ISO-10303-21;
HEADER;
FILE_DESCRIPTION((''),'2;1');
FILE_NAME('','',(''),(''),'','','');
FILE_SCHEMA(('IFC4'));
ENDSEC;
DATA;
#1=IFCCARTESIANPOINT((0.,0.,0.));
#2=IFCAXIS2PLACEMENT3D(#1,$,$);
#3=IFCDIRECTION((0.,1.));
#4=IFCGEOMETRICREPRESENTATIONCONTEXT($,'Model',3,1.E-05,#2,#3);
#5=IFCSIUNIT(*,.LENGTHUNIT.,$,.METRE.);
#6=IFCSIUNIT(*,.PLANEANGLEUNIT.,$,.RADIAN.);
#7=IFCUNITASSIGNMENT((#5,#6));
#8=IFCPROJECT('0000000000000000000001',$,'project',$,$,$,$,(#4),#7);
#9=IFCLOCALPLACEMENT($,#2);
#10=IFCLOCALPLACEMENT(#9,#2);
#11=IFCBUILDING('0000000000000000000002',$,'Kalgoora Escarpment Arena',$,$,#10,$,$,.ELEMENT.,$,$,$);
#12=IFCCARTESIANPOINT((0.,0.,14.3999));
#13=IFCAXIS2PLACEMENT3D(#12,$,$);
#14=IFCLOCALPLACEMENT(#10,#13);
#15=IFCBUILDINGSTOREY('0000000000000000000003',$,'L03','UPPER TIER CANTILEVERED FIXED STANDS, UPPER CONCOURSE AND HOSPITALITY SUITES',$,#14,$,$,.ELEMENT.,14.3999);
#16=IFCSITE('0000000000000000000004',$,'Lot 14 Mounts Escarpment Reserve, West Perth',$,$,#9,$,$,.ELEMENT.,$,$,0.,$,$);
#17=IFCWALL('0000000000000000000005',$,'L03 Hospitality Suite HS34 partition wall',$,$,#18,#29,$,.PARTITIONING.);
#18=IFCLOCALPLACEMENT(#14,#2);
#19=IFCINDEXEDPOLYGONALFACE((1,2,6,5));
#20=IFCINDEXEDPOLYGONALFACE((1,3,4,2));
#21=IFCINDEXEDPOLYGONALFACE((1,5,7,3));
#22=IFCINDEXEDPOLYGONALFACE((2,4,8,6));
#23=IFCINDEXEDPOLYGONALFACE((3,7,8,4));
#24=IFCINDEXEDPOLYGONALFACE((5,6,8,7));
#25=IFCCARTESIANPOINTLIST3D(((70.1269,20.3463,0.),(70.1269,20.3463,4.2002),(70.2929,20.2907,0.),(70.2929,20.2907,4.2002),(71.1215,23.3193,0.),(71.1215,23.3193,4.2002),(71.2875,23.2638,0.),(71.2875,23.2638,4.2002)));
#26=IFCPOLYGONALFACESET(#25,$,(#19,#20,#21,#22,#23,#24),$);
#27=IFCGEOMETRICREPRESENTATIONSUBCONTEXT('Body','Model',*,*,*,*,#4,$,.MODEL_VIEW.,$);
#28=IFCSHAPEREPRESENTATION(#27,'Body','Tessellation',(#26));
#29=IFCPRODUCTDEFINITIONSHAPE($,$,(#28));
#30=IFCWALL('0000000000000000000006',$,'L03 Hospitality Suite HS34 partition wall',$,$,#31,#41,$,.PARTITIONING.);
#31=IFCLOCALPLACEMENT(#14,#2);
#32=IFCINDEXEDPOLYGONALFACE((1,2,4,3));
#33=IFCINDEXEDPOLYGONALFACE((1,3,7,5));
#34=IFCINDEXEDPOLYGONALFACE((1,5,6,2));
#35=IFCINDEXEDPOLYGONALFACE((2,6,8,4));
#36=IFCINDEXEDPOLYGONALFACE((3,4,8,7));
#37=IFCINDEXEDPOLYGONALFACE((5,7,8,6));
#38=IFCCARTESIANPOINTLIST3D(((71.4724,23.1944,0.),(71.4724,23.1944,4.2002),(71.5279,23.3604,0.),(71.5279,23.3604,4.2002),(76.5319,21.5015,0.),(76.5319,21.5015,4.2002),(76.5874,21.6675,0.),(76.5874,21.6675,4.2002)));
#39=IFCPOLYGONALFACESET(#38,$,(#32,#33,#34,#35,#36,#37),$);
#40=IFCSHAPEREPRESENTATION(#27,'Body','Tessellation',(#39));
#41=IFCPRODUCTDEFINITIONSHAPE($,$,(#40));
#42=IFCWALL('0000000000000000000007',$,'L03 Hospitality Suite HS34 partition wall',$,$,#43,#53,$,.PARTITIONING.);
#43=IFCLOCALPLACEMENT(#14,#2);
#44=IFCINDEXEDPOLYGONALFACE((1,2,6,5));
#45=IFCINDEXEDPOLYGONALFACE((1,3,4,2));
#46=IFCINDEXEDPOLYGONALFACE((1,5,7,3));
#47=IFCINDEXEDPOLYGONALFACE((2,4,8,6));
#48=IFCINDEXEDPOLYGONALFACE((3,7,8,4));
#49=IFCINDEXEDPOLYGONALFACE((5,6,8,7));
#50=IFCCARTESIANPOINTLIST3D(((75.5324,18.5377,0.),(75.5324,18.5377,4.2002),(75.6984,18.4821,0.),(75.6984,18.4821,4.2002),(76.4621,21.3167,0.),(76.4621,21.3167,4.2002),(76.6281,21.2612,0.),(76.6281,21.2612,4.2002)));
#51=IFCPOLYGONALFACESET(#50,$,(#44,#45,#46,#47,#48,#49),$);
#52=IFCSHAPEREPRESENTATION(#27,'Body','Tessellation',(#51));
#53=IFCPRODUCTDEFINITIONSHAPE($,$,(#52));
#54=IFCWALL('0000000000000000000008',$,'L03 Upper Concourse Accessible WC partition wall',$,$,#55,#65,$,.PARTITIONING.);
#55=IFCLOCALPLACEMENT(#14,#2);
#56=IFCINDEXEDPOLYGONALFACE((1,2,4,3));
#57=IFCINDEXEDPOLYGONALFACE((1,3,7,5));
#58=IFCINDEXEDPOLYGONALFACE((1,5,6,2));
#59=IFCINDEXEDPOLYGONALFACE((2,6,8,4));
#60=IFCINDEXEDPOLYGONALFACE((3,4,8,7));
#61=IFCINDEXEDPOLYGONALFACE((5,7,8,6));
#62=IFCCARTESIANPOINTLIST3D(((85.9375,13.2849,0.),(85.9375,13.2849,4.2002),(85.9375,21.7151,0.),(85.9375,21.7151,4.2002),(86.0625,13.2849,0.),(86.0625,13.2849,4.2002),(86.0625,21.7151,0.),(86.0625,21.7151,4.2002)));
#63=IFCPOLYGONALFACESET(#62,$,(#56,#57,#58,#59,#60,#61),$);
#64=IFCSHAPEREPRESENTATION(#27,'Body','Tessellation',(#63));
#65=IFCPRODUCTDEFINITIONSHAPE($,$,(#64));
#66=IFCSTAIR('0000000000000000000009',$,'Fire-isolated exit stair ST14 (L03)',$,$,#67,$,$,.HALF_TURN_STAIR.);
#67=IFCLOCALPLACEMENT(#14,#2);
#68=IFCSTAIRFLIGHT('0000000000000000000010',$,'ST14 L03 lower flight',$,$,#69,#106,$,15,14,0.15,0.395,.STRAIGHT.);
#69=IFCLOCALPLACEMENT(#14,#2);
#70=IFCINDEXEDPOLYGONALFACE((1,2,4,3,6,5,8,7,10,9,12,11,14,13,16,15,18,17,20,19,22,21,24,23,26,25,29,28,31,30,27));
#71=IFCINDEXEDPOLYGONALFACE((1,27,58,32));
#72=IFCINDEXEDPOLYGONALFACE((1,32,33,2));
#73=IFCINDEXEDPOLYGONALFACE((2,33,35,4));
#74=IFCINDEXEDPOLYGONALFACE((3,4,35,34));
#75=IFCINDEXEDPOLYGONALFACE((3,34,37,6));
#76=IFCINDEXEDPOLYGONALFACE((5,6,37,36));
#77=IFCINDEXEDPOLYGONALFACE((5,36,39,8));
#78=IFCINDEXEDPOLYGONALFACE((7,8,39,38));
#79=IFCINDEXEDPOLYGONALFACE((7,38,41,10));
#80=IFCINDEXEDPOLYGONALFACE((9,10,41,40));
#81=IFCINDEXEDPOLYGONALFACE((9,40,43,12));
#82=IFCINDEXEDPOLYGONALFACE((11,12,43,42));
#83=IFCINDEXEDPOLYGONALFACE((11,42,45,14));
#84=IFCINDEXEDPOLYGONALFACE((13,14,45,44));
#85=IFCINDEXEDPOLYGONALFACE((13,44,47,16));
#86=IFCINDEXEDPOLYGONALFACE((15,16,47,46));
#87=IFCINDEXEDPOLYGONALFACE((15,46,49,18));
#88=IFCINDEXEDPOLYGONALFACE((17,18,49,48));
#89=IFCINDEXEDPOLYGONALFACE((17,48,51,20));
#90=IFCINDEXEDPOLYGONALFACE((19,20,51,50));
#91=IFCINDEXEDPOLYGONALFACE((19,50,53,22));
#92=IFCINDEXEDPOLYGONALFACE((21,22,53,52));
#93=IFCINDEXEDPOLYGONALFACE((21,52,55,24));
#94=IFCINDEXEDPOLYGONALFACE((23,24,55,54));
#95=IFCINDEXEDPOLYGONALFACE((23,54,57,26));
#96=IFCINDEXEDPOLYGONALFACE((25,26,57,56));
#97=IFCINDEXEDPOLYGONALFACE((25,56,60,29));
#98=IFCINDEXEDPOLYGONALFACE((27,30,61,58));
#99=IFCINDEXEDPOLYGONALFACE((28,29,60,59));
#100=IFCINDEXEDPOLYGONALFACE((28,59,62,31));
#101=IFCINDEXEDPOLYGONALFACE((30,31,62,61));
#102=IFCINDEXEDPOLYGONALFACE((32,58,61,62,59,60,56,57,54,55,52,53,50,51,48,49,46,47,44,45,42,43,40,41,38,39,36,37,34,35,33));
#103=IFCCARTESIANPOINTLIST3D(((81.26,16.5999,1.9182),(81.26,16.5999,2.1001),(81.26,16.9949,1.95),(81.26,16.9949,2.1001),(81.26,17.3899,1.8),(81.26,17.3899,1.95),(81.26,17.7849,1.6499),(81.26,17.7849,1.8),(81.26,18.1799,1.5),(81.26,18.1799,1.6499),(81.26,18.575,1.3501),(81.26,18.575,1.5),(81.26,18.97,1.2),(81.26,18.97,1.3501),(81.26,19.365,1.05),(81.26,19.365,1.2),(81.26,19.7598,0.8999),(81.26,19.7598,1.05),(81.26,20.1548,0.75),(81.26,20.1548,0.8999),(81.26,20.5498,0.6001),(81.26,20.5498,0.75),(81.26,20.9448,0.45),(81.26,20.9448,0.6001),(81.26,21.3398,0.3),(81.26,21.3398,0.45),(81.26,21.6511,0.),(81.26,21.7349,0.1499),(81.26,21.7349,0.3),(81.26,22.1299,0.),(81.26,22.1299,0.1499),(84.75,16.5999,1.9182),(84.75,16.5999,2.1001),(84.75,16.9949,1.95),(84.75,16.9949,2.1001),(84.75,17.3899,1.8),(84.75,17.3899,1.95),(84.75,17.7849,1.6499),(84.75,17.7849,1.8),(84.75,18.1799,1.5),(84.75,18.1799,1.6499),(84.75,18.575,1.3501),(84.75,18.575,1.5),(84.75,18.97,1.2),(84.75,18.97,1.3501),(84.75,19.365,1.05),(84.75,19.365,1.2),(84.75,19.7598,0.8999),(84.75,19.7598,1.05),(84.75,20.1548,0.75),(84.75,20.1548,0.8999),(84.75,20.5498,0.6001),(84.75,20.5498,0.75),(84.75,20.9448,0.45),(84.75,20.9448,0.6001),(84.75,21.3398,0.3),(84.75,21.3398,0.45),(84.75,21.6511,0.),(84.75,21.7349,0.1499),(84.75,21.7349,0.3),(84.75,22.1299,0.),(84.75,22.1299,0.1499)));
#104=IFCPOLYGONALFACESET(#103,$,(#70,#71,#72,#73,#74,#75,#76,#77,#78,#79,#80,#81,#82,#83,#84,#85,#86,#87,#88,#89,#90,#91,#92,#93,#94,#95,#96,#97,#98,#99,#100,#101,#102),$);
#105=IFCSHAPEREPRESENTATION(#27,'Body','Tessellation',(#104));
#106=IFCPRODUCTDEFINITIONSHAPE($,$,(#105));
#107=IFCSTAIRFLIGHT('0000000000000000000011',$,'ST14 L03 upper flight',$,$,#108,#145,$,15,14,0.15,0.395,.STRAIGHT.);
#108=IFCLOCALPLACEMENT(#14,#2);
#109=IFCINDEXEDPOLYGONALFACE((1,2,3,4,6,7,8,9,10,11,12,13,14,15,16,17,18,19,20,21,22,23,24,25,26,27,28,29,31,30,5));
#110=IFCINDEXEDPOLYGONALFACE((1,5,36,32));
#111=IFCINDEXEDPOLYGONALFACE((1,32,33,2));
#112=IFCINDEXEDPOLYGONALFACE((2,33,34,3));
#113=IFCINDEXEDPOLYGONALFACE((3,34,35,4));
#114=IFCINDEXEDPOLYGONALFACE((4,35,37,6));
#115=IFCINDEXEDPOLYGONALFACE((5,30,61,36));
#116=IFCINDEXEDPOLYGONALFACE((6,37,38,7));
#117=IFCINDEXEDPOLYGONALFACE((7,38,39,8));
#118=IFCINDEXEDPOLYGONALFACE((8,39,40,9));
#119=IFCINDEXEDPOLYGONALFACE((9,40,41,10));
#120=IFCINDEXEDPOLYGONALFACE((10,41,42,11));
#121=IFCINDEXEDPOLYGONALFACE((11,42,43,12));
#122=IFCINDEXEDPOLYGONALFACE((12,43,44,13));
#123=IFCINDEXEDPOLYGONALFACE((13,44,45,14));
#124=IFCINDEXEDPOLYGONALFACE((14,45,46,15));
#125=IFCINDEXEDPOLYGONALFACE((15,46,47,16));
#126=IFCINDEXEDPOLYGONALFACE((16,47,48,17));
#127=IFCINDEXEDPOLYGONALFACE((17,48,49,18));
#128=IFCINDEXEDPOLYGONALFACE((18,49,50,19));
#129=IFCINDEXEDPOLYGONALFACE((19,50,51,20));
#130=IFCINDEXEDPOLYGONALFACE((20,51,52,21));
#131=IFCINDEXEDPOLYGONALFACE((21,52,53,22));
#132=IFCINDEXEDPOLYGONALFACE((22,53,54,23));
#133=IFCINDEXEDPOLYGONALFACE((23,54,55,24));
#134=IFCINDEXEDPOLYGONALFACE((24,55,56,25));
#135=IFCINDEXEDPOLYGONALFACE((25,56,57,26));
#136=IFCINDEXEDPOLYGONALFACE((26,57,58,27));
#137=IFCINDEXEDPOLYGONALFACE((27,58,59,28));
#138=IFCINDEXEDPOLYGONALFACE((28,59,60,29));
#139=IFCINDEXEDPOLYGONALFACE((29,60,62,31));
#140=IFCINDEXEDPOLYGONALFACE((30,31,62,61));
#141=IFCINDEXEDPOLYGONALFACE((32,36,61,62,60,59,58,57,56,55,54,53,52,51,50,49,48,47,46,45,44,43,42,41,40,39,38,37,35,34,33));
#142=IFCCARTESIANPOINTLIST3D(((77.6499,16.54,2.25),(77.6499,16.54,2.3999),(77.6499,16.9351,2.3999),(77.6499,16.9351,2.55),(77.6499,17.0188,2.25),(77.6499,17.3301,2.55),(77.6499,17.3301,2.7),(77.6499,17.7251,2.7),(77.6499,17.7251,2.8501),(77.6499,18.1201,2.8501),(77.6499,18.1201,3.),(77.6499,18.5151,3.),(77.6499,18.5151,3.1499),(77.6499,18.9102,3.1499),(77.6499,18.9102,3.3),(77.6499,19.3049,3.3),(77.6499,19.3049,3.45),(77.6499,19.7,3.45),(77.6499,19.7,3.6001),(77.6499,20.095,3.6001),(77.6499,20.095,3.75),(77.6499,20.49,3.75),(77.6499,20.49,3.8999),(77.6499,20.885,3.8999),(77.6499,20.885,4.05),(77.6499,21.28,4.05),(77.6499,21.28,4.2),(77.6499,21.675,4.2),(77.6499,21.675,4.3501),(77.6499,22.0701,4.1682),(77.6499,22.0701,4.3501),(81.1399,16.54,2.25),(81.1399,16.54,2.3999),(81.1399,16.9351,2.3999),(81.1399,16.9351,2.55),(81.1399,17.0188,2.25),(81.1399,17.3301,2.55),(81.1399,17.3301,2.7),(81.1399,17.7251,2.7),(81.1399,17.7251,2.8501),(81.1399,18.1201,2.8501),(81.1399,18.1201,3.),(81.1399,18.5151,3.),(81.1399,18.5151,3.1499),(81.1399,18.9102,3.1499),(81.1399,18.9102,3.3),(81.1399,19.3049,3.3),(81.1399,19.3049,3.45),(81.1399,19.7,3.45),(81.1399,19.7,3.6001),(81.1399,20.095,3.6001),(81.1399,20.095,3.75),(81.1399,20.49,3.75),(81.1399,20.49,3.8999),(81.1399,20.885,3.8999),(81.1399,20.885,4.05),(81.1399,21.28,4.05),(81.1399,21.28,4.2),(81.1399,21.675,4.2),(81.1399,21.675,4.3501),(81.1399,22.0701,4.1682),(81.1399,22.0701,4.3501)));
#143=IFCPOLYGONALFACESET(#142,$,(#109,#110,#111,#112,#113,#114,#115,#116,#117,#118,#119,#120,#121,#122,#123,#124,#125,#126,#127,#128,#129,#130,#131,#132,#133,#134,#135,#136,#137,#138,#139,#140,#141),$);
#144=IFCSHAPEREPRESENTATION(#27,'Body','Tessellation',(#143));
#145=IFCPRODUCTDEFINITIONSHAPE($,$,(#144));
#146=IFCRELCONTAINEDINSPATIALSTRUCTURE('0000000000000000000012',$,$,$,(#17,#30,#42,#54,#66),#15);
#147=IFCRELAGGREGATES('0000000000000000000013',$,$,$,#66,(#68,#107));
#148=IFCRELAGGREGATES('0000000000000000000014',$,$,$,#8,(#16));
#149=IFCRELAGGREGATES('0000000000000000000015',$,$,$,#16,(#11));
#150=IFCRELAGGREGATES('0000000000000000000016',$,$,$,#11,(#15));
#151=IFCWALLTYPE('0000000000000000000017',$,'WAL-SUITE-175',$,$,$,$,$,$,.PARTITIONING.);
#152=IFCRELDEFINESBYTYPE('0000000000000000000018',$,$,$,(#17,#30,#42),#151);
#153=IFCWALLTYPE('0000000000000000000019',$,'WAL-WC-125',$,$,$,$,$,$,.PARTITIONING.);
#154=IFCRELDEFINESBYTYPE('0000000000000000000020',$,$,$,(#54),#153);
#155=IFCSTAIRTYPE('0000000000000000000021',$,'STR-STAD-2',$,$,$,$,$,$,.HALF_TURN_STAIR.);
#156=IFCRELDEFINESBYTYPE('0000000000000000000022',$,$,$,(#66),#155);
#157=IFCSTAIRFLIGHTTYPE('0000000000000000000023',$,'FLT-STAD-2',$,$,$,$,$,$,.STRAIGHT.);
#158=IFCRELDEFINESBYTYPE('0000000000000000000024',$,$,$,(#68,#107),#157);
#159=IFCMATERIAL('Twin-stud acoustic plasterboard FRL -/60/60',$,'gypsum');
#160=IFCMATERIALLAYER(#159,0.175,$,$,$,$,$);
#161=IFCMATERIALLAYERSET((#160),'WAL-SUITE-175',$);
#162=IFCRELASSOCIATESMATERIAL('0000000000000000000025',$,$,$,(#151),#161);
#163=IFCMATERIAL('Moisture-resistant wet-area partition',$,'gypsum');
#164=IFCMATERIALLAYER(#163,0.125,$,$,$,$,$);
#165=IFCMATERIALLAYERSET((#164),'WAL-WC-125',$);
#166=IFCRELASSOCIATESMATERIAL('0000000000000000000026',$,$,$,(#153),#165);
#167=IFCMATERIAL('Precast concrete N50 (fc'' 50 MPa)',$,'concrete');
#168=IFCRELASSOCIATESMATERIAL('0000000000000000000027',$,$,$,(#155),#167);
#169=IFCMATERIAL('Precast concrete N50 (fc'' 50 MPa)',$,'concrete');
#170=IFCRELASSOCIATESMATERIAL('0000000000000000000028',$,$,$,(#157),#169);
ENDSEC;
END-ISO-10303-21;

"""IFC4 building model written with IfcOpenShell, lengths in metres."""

from ifc_helpers import new_model, si_unit, direction, frame, frame_2d, origin, place, context, subcontext, project, spatial, polyline, rectangle, outline, extrude, material, layer, layer_set, type_object, element, aggregate, save


model = new_model("IFC4")

# Units and contexts
model_context = context("Model", 3, precision=1e-05, world=origin(), true_north=direction((0.0, 1.0)))
body_context = subcontext(model_context, "Body", "Model", "MODEL_VIEW")
ifc_project = project(units=[si_unit("LENGTHUNIT", "METRE"), si_unit("PLANEANGLEUNIT", "RADIAN")], contexts=[model_context])

# Site, building, storey
site_placement = place(None, origin())
site = spatial("IfcSite", under=ifc_project, at=site_placement, Name="Lot 14 Mounts Escarpment Reserve, West Perth", CompositionType="ELEMENT", RefElevation=0.0)
building_placement = place(site_placement, origin())
building = spatial("IfcBuilding", under=site, at=building_placement, Name="Kalgoora Escarpment Arena", CompositionType="ELEMENT")
storey_placement = place(building_placement, frame((0.0, 0.0, 14.3999)))
storey = spatial("IfcBuildingStorey", under=building, at=storey_placement, Name="L03", Description="UPPER TIER CANTILEVERED FIXED STANDS, UPPER CONCOURSE AND HOSPITALITY SUITES", CompositionType="ELEMENT", Elevation=14.3999)

# Shared definitions
ifc_material_1 = material(Name="Twin-stud acoustic plasterboard FRL -/60/60", Category="gypsum")
ifc_layer_1 = layer(ifc_material_1, 0.175)
ifc_layer_set_1 = layer_set([ifc_layer_1], Name="WAL-SUITE-175")
wall_type_1 = type_object("IfcWallType", Name="WAL-SUITE-175", PredefinedType="PARTITIONING", material=ifc_layer_set_1)

# Walls
wall_1_placement = place(storey_placement, frame((70.21, 20.3186, 0.0), z_axis=(0.0, 0.0, 1.0), x_axis=(0.317256, 0.94834, 0.0)))
element("IfcWall", 1, at=wall_1_placement, inside=storey, type_object=wall_type_1, Name="L03 Hospitality Suite HS34 partition wall", PredefinedType="PARTITIONING", context=body_context, shape_type="SweptSolid", body=[
    extrude(rectangle(XDim=3.135, YDim=0.175, at=frame_2d((1.5674, 0.0))), origin(), (0.0, 0.0, 1.0), 4.2002),
])
wall_2_placement = place(storey_placement, frame((71.5002, 23.2773, 0.0), z_axis=(0.0, 0.0, 1.0), x_axis=(0.948326, -0.317298, 0.0)))
element("IfcWall", 2, at=wall_2_placement, inside=storey, type_object=wall_type_1, Name="L03 Hospitality Suite HS34 partition wall", PredefinedType="PARTITIONING", context=body_context, shape_type="SweptSolid", body=[
    extrude(rectangle(XDim=5.3352, YDim=0.175, at=frame_2d((2.6675, 0.0))), origin(), (0.0, 0.0, 1.0), 4.2002),
])
wall_3_placement = place(storey_placement, frame((76.5452, 21.2891, 0.0), z_axis=(0.0, 0.0, 1.0), x_axis=(-0.317252, -0.948341, 0.0)))
element("IfcWall", 3, at=wall_3_placement, inside=storey, type_object=wall_type_1, Name="L03 Hospitality Suite HS34 partition wall", PredefinedType="PARTITIONING", context=body_context, shape_type="SweptSolid", body=[
    extrude(rectangle(XDim=2.9304, YDim=0.175, at=frame_2d((1.4653, 0.0))), origin(), (0.0, 0.0, 1.0), 4.2002),
])
ifc_material_2 = material(Name="Moisture-resistant wet-area partition", Category="gypsum")
ifc_layer_2 = layer(ifc_material_2, 0.125)
ifc_layer_set_2 = layer_set([ifc_layer_2], Name="WAL-WC-125")
wall_type_2 = type_object("IfcWallType", Name="WAL-WC-125", PredefinedType="PARTITIONING", material=ifc_layer_set_2)
wall_4_placement = place(storey_placement, frame((86.0, 13.2849, 0.0), z_axis=(0.0, 0.0, 1.0), x_axis=(0.0, 1.0, 0.0)))
element("IfcWall", 4, at=wall_4_placement, inside=storey, type_object=wall_type_2, Name="L03 Upper Concourse Accessible WC partition wall", PredefinedType="PARTITIONING", context=body_context, shape_type="SweptSolid", body=[
    extrude(rectangle(XDim=8.4302, YDim=0.125, at=frame_2d((4.2151, 0.0))), origin(), (0.0, 0.0, 1.0), 4.2002),
])

# Stair, stair flights
ifc_material_3 = material(Name="Precast concrete N50 (fc' 50 MPa)", Category="concrete")
stair_type = type_object("IfcStairType", Name="STR-STAD-2", PredefinedType="HALF_TURN_STAIR", material=ifc_material_3)
stair_placement = place(storey_placement, origin())
stair = element("IfcStair", 5, at=stair_placement, inside=storey, type_object=stair_type, Name="Fire-isolated exit stair ST14 (L03)", PredefinedType="HALF_TURN_STAIR")
ifc_material_4 = material(Name="Precast concrete N50 (fc' 50 MPa)", Category="concrete")
stair_flight_type = type_object("IfcStairFlightType", Name="FLT-STAD-2", PredefinedType="STRAIGHT", material=ifc_material_4)
stair_flight_1_placement = place(storey_placement, frame((83.0049, 22.1299, 0.0), z_axis=(0.0, 0.0, 1.0), x_axis=(0.0, -1.0, 0.0)))
stair_flight_1 = element("IfcStairFlight", 6, at=stair_flight_1_placement, type_object=stair_flight_type, Name="ST14 L03 lower flight", NumberOfRisers=15, NumberOfTreads=14, PredefinedType="STRAIGHT", RiserHeight=0.15, TreadLength=0.395, context=body_context, shape_type="SweptSolid", body=[
    extrude(outline(polyline([(0.0, 0.0), (0.0, 0.1499), (0.395, 0.1499), (0.395, 0.3), (0.79, 0.3), (0.79, 0.45), (1.1851, 0.45), (1.1851, 0.6001), (1.5801, 0.6001), (1.5801, 0.75), (1.9751, 0.75), (1.9751, 0.8999), (2.3701, 0.8999), (2.3701, 1.05), (2.7649, 1.05), (2.7649, 1.2), (3.1599, 1.2), (3.1599, 1.3501), (3.5549, 1.3501), (3.5549, 1.5), (3.95, 1.5), (3.95, 1.6499), (4.345, 1.6499), (4.345, 1.8), (4.74, 1.8), (4.74, 1.95), (5.135, 1.95), (5.135, 2.1001), (5.53, 2.1001), (5.53, 2.25), (5.53, 1.9182), (0.4788, 0.0), (0.0, 0.0)])), frame((0.0, 1.7451, 0.0), z_axis=(0.0, -1.0, 0.0), x_axis=(1.0, 0.0, 0.0)), (0.0, 0.0, 1.0), 3.49),
])
stair_flight_2_placement = place(storey_placement, frame((79.395, 16.54, 2.25), z_axis=(0.0, 0.0, 1.0), x_axis=(0.0, 1.0, 0.0)))
stair_flight_2 = element("IfcStairFlight", 7, at=stair_flight_2_placement, type_object=stair_flight_type, Name="ST14 L03 upper flight", NumberOfRisers=15, NumberOfTreads=14, PredefinedType="STRAIGHT", RiserHeight=0.15, TreadLength=0.395, context=body_context, shape_type="SweptSolid", body=[
    extrude(outline(polyline([(0.0, 0.0), (0.0, 0.1499), (0.395, 0.1499), (0.395, 0.3), (0.79, 0.3), (0.79, 0.45), (1.1851, 0.45), (1.1851, 0.6001), (1.5801, 0.6001), (1.5801, 0.75), (1.9751, 0.75), (1.9751, 0.8999), (2.3701, 0.8999), (2.3701, 1.05), (2.7649, 1.05), (2.7649, 1.2), (3.1599, 1.2), (3.1599, 1.3501), (3.5549, 1.3501), (3.5549, 1.5), (3.95, 1.5), (3.95, 1.6499), (4.345, 1.6499), (4.345, 1.8), (4.74, 1.8), (4.74, 1.95), (5.135, 1.95), (5.135, 2.1001), (5.53, 2.1001), (5.53, 2.25), (5.53, 1.9182), (0.4788, 0.0), (0.0, 0.0)])), frame((0.0, 1.7451, 0.0), z_axis=(0.0, -1.0, 0.0), x_axis=(1.0, 0.0, 0.0)), (0.0, 0.0, 1.0), 3.49),
])
aggregate(stair, [stair_flight_1, stair_flight_2])

save(model, "model.ifc")
